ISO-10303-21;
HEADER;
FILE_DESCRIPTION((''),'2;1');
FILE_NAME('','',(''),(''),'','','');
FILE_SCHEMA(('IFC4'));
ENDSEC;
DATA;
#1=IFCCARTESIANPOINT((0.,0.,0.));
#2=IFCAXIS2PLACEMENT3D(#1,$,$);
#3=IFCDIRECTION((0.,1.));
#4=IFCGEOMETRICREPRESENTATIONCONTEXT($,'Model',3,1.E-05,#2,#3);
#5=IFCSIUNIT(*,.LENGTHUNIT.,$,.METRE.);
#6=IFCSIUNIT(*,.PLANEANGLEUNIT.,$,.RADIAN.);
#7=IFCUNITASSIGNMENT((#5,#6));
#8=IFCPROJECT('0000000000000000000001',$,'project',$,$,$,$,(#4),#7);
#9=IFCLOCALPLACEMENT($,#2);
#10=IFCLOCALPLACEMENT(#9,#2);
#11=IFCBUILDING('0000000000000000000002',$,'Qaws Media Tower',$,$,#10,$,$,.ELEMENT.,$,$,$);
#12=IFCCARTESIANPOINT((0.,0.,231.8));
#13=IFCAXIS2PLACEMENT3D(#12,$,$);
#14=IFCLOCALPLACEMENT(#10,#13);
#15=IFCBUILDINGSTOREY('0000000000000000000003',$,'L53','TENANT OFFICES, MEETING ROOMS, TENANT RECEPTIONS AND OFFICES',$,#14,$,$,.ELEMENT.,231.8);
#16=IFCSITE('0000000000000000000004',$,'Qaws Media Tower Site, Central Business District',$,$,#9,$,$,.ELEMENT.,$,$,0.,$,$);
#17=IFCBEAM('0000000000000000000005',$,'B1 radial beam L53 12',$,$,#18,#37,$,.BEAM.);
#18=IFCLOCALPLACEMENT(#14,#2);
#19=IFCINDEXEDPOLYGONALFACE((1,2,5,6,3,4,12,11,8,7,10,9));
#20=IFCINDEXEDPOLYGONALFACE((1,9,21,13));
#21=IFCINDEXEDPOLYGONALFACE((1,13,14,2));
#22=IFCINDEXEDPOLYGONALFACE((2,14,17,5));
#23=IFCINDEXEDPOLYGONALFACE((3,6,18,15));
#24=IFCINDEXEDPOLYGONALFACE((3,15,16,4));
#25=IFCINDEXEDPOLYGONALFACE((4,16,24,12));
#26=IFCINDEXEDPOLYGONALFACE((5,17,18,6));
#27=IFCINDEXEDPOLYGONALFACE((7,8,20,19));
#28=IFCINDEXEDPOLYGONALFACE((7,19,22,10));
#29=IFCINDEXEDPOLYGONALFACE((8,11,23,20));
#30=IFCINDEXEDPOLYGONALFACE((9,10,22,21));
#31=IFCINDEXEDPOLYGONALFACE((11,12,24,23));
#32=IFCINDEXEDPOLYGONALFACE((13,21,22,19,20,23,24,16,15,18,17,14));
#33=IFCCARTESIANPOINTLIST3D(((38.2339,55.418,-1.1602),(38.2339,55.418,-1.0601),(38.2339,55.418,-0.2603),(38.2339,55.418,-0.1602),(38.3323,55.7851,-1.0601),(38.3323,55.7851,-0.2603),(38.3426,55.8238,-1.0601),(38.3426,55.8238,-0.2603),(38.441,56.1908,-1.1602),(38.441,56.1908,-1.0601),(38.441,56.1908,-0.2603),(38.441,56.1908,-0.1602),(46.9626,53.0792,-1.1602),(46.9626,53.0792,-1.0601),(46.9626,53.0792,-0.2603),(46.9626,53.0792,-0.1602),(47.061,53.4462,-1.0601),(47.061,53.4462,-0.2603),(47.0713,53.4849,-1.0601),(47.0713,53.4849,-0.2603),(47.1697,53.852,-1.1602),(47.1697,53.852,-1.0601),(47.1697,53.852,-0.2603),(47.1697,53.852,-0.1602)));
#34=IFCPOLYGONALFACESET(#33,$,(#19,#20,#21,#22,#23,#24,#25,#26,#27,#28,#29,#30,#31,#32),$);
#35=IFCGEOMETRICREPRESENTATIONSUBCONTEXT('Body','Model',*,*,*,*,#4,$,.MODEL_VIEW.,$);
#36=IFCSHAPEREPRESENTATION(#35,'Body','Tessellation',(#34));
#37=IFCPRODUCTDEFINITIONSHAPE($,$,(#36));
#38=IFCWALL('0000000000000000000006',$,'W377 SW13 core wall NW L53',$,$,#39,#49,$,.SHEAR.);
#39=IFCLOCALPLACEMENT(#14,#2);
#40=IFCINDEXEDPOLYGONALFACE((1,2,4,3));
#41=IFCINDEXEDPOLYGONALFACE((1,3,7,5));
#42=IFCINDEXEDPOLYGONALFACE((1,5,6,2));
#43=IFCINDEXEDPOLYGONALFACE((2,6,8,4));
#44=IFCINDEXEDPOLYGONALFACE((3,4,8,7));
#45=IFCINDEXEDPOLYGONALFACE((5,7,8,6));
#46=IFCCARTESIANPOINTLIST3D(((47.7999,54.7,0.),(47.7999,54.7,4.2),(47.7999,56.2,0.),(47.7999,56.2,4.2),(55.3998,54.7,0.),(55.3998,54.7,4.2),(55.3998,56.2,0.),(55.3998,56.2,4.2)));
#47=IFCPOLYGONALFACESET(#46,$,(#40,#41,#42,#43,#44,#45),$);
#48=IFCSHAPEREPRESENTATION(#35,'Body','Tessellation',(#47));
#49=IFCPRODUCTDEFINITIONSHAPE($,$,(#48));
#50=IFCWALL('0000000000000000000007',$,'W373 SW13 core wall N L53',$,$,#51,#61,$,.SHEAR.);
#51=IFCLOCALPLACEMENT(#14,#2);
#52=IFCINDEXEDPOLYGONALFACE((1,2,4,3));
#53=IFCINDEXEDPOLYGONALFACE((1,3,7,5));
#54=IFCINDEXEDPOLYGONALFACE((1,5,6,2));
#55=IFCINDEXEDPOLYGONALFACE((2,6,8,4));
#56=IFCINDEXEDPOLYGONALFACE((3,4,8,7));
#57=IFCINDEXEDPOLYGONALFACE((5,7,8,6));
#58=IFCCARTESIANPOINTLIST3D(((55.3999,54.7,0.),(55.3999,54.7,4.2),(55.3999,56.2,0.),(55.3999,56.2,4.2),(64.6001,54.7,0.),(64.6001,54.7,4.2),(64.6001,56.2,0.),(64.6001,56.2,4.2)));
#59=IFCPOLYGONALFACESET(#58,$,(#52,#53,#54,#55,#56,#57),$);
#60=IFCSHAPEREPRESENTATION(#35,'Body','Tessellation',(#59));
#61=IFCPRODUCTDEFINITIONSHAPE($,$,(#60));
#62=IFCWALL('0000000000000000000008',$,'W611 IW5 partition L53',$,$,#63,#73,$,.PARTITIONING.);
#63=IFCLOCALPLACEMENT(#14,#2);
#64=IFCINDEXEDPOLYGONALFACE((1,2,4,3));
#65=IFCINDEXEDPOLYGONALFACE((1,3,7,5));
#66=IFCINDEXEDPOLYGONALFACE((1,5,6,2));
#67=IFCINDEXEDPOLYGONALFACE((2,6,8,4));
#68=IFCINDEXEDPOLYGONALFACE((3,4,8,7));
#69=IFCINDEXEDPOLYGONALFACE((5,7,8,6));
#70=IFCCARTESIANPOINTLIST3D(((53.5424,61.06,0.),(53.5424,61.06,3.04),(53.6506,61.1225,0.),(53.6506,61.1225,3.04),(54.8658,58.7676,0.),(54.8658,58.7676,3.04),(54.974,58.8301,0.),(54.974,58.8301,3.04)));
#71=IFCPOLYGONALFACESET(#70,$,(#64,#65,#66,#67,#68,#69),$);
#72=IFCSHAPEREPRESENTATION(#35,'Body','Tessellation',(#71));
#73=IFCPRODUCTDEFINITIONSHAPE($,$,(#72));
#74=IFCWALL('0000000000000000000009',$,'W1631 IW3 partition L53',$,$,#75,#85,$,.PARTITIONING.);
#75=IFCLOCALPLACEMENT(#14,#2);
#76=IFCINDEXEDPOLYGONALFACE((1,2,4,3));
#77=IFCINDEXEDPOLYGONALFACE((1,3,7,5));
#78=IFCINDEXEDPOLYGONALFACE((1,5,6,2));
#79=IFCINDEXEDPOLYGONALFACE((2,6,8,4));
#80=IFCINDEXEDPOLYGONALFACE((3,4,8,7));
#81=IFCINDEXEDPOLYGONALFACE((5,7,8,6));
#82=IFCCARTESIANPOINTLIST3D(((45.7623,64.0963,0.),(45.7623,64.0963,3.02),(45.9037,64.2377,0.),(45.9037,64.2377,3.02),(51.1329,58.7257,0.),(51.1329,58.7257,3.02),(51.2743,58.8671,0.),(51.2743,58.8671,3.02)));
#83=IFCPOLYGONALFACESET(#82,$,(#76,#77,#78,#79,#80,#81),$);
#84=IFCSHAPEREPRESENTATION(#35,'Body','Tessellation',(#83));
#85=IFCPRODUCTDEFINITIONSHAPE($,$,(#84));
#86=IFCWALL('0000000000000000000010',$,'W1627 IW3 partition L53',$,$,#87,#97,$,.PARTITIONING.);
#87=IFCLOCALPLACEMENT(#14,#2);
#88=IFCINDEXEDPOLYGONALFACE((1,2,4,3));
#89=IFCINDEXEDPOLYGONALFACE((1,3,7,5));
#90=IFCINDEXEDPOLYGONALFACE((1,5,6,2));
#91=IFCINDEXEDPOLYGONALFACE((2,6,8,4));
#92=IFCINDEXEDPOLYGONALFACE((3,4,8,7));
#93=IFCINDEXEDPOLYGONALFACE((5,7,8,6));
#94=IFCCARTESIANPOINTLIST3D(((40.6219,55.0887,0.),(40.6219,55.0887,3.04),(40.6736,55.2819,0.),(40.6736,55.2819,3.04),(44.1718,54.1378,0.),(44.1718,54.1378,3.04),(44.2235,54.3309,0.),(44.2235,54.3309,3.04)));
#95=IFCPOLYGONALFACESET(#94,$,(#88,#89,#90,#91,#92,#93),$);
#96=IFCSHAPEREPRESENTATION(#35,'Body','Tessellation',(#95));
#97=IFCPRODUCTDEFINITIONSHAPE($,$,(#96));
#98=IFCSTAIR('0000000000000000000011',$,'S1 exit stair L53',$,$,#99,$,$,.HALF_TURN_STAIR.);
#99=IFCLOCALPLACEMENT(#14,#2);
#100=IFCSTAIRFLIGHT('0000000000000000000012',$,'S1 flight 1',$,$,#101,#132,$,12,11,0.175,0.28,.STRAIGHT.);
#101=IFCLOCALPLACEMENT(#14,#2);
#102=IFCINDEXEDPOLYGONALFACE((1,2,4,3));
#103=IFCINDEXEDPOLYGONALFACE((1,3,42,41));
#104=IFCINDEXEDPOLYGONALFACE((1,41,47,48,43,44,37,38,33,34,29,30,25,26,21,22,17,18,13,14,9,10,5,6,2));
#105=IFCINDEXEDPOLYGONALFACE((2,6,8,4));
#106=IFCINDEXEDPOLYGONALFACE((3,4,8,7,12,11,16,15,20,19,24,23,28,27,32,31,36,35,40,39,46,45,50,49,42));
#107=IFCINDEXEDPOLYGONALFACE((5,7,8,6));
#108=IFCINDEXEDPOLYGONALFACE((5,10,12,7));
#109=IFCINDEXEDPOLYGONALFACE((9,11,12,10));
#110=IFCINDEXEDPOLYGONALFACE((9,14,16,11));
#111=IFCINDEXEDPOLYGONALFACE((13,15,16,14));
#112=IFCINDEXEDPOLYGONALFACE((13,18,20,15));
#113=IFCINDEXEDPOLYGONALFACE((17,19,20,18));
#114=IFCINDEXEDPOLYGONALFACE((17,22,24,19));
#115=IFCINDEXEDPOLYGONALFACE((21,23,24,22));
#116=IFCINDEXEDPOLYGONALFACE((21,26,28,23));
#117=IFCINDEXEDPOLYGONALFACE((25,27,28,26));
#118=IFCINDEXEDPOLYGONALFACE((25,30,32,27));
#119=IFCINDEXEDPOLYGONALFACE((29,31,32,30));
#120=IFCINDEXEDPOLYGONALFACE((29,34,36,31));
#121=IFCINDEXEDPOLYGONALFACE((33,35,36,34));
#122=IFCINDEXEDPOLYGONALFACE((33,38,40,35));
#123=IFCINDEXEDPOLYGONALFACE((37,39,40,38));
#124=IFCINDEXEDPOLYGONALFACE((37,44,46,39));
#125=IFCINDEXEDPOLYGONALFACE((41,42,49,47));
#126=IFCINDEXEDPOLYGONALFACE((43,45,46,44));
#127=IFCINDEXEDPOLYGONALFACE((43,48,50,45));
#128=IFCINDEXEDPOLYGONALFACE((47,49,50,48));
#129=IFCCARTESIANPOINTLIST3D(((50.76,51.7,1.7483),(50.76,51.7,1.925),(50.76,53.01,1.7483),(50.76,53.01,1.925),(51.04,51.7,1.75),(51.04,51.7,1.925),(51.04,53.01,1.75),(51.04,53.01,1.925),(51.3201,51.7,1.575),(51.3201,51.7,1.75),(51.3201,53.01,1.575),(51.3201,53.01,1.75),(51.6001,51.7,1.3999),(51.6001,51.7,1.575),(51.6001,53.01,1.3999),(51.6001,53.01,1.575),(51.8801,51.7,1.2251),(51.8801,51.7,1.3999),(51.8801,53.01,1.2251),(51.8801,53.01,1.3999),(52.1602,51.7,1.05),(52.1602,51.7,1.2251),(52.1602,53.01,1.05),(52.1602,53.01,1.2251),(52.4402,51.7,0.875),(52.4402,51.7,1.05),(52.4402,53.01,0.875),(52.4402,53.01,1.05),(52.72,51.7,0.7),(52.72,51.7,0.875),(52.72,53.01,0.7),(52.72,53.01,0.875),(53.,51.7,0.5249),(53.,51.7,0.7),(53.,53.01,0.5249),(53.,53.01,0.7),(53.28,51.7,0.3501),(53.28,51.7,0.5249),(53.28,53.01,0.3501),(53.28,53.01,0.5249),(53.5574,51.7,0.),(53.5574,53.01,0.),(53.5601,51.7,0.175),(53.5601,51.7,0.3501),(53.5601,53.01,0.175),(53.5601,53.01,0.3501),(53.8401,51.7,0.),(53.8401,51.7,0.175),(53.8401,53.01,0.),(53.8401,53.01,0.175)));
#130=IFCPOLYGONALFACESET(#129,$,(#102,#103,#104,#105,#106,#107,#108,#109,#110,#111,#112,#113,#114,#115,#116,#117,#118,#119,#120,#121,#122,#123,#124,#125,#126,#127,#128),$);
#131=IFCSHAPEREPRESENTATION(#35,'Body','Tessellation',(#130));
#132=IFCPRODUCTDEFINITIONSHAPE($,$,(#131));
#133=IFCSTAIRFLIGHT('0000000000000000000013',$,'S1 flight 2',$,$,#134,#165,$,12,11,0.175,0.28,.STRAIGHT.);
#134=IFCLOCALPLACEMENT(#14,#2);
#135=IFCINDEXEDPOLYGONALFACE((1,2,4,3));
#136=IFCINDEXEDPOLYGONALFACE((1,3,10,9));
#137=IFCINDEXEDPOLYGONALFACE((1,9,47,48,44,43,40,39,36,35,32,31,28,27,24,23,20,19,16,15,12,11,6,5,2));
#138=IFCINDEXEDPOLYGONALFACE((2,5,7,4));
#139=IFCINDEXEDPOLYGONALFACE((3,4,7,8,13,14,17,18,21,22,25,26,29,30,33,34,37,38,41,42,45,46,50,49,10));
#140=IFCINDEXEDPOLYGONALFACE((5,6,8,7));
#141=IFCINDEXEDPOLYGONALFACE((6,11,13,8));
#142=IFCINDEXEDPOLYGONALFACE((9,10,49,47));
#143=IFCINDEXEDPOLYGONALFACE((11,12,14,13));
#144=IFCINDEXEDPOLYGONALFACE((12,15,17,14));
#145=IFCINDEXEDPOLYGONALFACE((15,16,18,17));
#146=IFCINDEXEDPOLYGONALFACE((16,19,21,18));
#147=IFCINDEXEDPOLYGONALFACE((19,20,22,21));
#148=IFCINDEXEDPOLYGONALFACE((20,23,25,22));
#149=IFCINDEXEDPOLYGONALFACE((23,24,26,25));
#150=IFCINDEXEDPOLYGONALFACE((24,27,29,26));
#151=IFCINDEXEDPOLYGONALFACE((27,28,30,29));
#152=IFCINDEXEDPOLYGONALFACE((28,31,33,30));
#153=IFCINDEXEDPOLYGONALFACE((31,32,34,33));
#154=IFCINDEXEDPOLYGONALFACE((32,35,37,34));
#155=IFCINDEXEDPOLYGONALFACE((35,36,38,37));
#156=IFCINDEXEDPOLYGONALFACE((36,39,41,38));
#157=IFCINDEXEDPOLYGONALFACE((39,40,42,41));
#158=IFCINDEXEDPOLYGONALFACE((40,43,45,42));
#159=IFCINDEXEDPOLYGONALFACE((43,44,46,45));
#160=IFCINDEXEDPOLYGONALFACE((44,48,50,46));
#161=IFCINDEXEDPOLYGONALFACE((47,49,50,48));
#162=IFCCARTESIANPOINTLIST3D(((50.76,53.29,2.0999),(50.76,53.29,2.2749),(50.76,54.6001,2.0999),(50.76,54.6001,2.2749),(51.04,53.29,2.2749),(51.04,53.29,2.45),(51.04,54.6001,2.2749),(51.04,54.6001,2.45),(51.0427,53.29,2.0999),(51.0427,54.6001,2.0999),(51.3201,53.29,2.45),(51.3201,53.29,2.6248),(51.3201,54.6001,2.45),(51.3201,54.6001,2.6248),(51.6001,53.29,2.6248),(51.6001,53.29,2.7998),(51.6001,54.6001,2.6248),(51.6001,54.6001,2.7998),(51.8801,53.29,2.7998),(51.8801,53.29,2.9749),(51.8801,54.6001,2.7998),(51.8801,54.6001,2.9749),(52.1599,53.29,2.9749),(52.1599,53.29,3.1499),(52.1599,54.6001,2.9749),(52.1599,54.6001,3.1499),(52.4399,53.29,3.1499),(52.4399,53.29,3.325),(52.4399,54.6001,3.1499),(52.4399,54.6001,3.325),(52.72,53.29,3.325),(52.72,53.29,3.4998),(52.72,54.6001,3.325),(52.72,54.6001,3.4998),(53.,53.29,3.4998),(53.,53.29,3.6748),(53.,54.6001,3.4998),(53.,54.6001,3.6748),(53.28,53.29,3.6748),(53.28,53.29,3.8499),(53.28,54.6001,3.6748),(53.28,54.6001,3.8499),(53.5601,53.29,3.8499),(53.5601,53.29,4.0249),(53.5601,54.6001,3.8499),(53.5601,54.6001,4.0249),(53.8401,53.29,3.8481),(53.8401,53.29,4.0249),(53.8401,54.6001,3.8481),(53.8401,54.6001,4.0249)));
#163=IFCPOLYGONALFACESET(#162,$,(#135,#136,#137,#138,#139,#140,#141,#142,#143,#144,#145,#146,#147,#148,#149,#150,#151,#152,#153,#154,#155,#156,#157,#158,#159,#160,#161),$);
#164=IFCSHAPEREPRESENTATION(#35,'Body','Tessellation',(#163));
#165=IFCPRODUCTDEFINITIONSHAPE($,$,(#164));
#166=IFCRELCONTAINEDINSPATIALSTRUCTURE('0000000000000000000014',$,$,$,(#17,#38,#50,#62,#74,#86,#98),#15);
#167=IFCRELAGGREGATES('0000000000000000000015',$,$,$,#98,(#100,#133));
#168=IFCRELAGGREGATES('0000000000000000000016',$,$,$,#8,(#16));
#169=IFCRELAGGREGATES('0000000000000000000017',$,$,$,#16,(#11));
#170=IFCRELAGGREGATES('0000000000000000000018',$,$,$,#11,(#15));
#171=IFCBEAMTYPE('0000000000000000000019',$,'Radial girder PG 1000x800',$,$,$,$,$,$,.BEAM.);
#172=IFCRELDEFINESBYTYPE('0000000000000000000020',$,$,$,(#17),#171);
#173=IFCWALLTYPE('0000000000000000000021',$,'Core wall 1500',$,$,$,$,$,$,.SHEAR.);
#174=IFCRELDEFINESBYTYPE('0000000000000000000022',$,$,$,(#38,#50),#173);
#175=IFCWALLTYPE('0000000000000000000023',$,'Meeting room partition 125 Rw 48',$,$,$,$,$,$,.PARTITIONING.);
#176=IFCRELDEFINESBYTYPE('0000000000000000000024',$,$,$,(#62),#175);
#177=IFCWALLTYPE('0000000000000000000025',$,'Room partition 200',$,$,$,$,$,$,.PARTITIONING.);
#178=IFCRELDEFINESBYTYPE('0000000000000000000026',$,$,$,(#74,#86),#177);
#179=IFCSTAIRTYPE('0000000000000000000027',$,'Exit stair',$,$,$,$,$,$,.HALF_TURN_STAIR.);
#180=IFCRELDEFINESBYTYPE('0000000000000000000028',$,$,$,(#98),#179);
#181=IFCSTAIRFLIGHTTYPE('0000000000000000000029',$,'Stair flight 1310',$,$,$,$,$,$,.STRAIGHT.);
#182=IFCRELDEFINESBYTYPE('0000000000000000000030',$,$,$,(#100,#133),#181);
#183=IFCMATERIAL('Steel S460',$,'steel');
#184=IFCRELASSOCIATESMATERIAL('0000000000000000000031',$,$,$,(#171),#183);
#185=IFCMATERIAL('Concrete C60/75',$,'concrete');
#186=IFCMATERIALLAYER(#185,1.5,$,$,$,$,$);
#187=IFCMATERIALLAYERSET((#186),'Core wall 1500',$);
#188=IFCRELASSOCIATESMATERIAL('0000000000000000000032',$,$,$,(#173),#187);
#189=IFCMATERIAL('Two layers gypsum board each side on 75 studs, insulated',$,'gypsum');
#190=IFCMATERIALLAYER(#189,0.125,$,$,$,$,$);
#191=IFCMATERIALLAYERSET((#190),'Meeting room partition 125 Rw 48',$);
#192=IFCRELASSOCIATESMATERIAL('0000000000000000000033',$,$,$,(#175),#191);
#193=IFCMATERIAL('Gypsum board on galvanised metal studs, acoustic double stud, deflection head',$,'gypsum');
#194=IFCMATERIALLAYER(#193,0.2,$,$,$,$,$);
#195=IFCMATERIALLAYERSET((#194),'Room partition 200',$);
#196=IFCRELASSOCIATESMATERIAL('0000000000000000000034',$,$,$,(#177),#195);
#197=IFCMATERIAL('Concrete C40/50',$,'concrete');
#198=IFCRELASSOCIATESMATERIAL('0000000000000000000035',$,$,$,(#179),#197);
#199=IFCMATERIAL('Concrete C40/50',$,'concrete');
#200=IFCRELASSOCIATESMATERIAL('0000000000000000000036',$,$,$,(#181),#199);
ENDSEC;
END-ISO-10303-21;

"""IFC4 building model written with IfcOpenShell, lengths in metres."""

from ifc_helpers import new_model, si_unit, direction, frame, frame_2d, origin, origin_2d, place, context, subcontext, project, spatial, polyline, rectangle, i_section, outline, extrude, material, layer, layer_set, material_profile, profile_set, type_object, element, aggregate, save


model = new_model("IFC4")

# Units and contexts
model_context = context("Model", 3, precision=1e-05, world=origin(), true_north=direction((0.0, 1.0)))
body_context = subcontext(model_context, "Body", "Model", "MODEL_VIEW")
ifc_project = project(units=[si_unit("LENGTHUNIT", "METRE"), si_unit("PLANEANGLEUNIT", "RADIAN")], contexts=[model_context])

# Site, building, storey
site_placement = place(None, origin())
site = spatial("IfcSite", under=ifc_project, at=site_placement, Name="Qaws Media Tower Site, Central Business District", CompositionType="ELEMENT", RefElevation=0.0)
building_placement = place(site_placement, origin())
building = spatial("IfcBuilding", under=site, at=building_placement, Name="Qaws Media Tower", CompositionType="ELEMENT")
storey_placement = place(building_placement, frame((0.0, 0.0, 231.8)))
storey = spatial("IfcBuildingStorey", under=building, at=storey_placement, Name="L53", Description="TENANT OFFICES, MEETING ROOMS, TENANT RECEPTIONS AND OFFICES", CompositionType="ELEMENT", Elevation=231.8)

# Beam
ifc_material_1 = material(Name="Steel S460", Category="steel")
ifc_material_profile_1 = material_profile(ifc_material_1, i_section(OverallWidth=0.8, OverallDepth=1.0, WebThickness=0.04, FlangeThickness=0.1001, at=origin_2d()), Name="PG 1000x800")
ifc_profile_set_1 = profile_set([ifc_material_profile_1], Name="Steel S460")
beam_type_1 = type_object("IfcBeamType", Name="Radial girder PG 1000x800", PredefinedType="BEAM", material=ifc_profile_set_1)
beam_1_placement = place(storey_placement, frame((47.0662, 53.4656, -0.6602), z_axis=(-0.965926, 0.258819, 0.0), x_axis=(-0.258819, -0.965926, 0.0)))
element("IfcBeam", 1, at=beam_1_placement, inside=storey, type_object=beam_type_1, Name="B1 radial beam L53 12", PredefinedType="BEAM", context=body_context, shape_type="SweptSolid", body=[
    extrude(i_section(OverallWidth=0.8, OverallDepth=1.0, WebThickness=0.04, FlangeThickness=0.1001, at=origin_2d()), origin(), (0.0, 0.0, 1.0), 9.0366),
])

# Walls
ifc_material_2 = material(Name="Concrete C60/75", Category="concrete")
ifc_layer_1 = layer(ifc_material_2, 1.5)
ifc_layer_set_1 = layer_set([ifc_layer_1], Name="Core wall 1500")
wall_type_1 = type_object("IfcWallType", Name="Core wall 1500", PredefinedType="SHEAR", material=ifc_layer_set_1)
wall_1_placement = place(storey_placement, frame((47.8, 55.45, 0.0), z_axis=(0.0, 0.0, 1.0), x_axis=(1.0, 0.0, 0.0)))
element("IfcWall", 2, at=wall_1_placement, inside=storey, type_object=wall_type_1, Name="W377 SW13 core wall NW L53", PredefinedType="SHEAR", context=body_context, shape_type="SweptSolid", body=[
    extrude(rectangle(XDim=7.5999, YDim=1.5, at=frame_2d((3.7998, 0.0))), origin(), (0.0, 0.0, 1.0), 4.2),
])
wall_2_placement = place(storey_placement, frame((55.3999, 55.45, 0.0), z_axis=(0.0, 0.0, 1.0), x_axis=(1.0, 0.0, 0.0)))
element("IfcWall", 3, at=wall_2_placement, inside=storey, type_object=wall_type_1, Name="W373 SW13 core wall N L53", PredefinedType="SHEAR", context=body_context, shape_type="SweptSolid", body=[
    extrude(rectangle(XDim=9.2002, YDim=1.5, at=frame_2d((4.6001, 0.0))), origin(), (0.0, 0.0, 1.0), 4.2),
])
ifc_material_3 = material(Name="Two layers gypsum board each side on 75 studs, insulated", Category="gypsum")
ifc_layer_2 = layer(ifc_material_3, 0.125)
ifc_layer_set_2 = layer_set([ifc_layer_2], Name="Meeting room partition 125 Rw 48")
wall_type_2 = type_object("IfcWallType", Name="Meeting room partition 125 Rw 48", PredefinedType="PARTITIONING", material=ifc_layer_set_2)
wall_3_placement = place(storey_placement, frame((54.9199, 58.7988, 0.0), z_axis=(0.0, 0.0, 1.0), x_axis=(-0.499978, 0.866038, 0.0)))
element("IfcWall", 4, at=wall_3_placement, inside=storey, type_object=wall_type_2, Name="W611 IW5 partition L53", PredefinedType="PARTITIONING", context=body_context, shape_type="SweptSolid", body=[
    extrude(rectangle(XDim=2.647, YDim=0.125, at=frame_2d((1.3235, 0.0))), origin(), (0.0, 0.0, 1.0), 3.04),
])

# Shared definitions
ifc_material_4 = material(Name="Gypsum board on galvanised metal studs, acoustic double stud, deflection head", Category="gypsum")
ifc_layer_3 = layer(ifc_material_4, 0.2)
ifc_layer_set_3 = layer_set([ifc_layer_3], Name="Room partition 200")
wall_type_3 = type_object("IfcWallType", Name="Room partition 200", PredefinedType="PARTITIONING", material=ifc_layer_set_3)

# Walls
wall_4_placement = place(storey_placement, frame((51.2036, 58.7964, 0.0), z_axis=(0.0, 0.0, 1.0), x_axis=(-0.707107, 0.707107, 0.0)))
element("IfcWall", 5, at=wall_4_placement, inside=storey, type_object=wall_type_3, Name="W1631 IW3 partition L53", PredefinedType="PARTITIONING", context=body_context, shape_type="SweptSolid", body=[
    extrude(rectangle(XDim=7.5952, YDim=0.2, at=frame_2d((3.7976, 0.0))), origin(), (0.0, 0.0, 1.0), 3.02),
])
wall_5_placement = place(storey_placement, frame((44.1975, 54.2344, 0.0), z_axis=(0.0, 0.0, 1.0), x_axis=(-0.965942, 0.258758, 0.0)))
element("IfcWall", 6, at=wall_5_placement, inside=storey, type_object=wall_type_3, Name="W1627 IW3 partition L53", PredefinedType="PARTITIONING", context=body_context, shape_type="SweptSolid", body=[
    extrude(rectangle(XDim=3.675, YDim=0.2, at=frame_2d((1.8374, 0.0))), origin(), (0.0, 0.0, 1.0), 3.04),
])

# Stair, stair flights
ifc_material_5 = material(Name="Concrete C40/50", Category="concrete")
stair_type = type_object("IfcStairType", Name="Exit stair", PredefinedType="HALF_TURN_STAIR", material=ifc_material_5)
stair_placement = place(storey_placement, origin())
stair = element("IfcStair", 7, at=stair_placement, inside=storey, type_object=stair_type, Name="S1 exit stair L53", PredefinedType="HALF_TURN_STAIR")
ifc_material_6 = material(Name="Concrete C40/50", Category="concrete")
stair_flight_type = type_object("IfcStairFlightType", Name="Stair flight 1310", PredefinedType="STRAIGHT", material=ifc_material_6)
stair_flight_1_placement = place(storey_placement, frame((53.8401, 52.355, 0.0), z_axis=(0.0, 0.0, 1.0), x_axis=(-1.0, 0.0, 0.0)))
stair_flight_1 = element("IfcStairFlight", 8, at=stair_flight_1_placement, type_object=stair_flight_type, Name="S1 flight 1", NumberOfRisers=12, NumberOfTreads=11, PredefinedType="STRAIGHT", RiserHeight=0.175, TreadLength=0.28, context=body_context, shape_type="SweptSolid", body=[
    extrude(outline(polyline([(0.0, 0.0), (0.0, 0.175), (0.28, 0.175), (0.28, 0.3501), (0.5601, 0.3501), (0.5601, 0.5249), (0.8401, 0.5249), (0.8401, 0.7), (1.1201, 0.7), (1.1201, 0.875), (1.3999, 0.875), (1.3999, 1.05), (1.6799, 1.05), (1.6799, 1.2251), (1.96, 1.2251), (1.96, 1.3999), (2.24, 1.3999), (2.24, 1.575), (2.52, 1.575), (2.52, 1.75), (2.8, 1.75), (2.8, 1.925), (3.0801, 1.925), (3.0801, 2.1001), (3.0801, 1.7483), (0.2827, 0.0), (0.0, 0.0)])), frame((0.0, 0.655, 0.0), z_axis=(0.0, -1.0, 0.0), x_axis=(1.0, 0.0, 0.0)), (0.0, 0.0, 1.0), 1.3101),
])
stair_flight_2_placement = place(storey_placement, frame((50.76, 53.9451, 2.0999), z_axis=(0.0, 0.0, 1.0), x_axis=(1.0, 0.0, 0.0)))
stair_flight_2 = element("IfcStairFlight", 9, at=stair_flight_2_placement, type_object=stair_flight_type, Name="S1 flight 2", NumberOfRisers=12, NumberOfTreads=11, PredefinedType="STRAIGHT", RiserHeight=0.175, TreadLength=0.28, context=body_context, shape_type="SweptSolid", body=[
    extrude(outline(polyline([(0.0, 0.0), (0.0, 0.175), (0.28, 0.175), (0.28, 0.3501), (0.5601, 0.3501), (0.5601, 0.5249), (0.8401, 0.5249), (0.8401, 0.7), (1.1201, 0.7), (1.1201, 0.875), (1.3999, 0.875), (1.3999, 1.05), (1.6799, 1.05), (1.6799, 1.2251), (1.96, 1.2251), (1.96, 1.3999), (2.24, 1.3999), (2.24, 1.575), (2.52, 1.575), (2.52, 1.75), (2.8, 1.75), (2.8, 1.925), (3.0801, 1.925), (3.0801, 2.1001), (3.0801, 1.7483), (0.2827, 0.0), (0.0, 0.0)])), frame((0.0, 0.655, 0.0), z_axis=(0.0, -1.0, 0.0), x_axis=(1.0, 0.0, 0.0)), (0.0, 0.0, 1.0), 1.3101),
])
aggregate(stair, [stair_flight_1, stair_flight_2])

save(model, "model.ifc")
